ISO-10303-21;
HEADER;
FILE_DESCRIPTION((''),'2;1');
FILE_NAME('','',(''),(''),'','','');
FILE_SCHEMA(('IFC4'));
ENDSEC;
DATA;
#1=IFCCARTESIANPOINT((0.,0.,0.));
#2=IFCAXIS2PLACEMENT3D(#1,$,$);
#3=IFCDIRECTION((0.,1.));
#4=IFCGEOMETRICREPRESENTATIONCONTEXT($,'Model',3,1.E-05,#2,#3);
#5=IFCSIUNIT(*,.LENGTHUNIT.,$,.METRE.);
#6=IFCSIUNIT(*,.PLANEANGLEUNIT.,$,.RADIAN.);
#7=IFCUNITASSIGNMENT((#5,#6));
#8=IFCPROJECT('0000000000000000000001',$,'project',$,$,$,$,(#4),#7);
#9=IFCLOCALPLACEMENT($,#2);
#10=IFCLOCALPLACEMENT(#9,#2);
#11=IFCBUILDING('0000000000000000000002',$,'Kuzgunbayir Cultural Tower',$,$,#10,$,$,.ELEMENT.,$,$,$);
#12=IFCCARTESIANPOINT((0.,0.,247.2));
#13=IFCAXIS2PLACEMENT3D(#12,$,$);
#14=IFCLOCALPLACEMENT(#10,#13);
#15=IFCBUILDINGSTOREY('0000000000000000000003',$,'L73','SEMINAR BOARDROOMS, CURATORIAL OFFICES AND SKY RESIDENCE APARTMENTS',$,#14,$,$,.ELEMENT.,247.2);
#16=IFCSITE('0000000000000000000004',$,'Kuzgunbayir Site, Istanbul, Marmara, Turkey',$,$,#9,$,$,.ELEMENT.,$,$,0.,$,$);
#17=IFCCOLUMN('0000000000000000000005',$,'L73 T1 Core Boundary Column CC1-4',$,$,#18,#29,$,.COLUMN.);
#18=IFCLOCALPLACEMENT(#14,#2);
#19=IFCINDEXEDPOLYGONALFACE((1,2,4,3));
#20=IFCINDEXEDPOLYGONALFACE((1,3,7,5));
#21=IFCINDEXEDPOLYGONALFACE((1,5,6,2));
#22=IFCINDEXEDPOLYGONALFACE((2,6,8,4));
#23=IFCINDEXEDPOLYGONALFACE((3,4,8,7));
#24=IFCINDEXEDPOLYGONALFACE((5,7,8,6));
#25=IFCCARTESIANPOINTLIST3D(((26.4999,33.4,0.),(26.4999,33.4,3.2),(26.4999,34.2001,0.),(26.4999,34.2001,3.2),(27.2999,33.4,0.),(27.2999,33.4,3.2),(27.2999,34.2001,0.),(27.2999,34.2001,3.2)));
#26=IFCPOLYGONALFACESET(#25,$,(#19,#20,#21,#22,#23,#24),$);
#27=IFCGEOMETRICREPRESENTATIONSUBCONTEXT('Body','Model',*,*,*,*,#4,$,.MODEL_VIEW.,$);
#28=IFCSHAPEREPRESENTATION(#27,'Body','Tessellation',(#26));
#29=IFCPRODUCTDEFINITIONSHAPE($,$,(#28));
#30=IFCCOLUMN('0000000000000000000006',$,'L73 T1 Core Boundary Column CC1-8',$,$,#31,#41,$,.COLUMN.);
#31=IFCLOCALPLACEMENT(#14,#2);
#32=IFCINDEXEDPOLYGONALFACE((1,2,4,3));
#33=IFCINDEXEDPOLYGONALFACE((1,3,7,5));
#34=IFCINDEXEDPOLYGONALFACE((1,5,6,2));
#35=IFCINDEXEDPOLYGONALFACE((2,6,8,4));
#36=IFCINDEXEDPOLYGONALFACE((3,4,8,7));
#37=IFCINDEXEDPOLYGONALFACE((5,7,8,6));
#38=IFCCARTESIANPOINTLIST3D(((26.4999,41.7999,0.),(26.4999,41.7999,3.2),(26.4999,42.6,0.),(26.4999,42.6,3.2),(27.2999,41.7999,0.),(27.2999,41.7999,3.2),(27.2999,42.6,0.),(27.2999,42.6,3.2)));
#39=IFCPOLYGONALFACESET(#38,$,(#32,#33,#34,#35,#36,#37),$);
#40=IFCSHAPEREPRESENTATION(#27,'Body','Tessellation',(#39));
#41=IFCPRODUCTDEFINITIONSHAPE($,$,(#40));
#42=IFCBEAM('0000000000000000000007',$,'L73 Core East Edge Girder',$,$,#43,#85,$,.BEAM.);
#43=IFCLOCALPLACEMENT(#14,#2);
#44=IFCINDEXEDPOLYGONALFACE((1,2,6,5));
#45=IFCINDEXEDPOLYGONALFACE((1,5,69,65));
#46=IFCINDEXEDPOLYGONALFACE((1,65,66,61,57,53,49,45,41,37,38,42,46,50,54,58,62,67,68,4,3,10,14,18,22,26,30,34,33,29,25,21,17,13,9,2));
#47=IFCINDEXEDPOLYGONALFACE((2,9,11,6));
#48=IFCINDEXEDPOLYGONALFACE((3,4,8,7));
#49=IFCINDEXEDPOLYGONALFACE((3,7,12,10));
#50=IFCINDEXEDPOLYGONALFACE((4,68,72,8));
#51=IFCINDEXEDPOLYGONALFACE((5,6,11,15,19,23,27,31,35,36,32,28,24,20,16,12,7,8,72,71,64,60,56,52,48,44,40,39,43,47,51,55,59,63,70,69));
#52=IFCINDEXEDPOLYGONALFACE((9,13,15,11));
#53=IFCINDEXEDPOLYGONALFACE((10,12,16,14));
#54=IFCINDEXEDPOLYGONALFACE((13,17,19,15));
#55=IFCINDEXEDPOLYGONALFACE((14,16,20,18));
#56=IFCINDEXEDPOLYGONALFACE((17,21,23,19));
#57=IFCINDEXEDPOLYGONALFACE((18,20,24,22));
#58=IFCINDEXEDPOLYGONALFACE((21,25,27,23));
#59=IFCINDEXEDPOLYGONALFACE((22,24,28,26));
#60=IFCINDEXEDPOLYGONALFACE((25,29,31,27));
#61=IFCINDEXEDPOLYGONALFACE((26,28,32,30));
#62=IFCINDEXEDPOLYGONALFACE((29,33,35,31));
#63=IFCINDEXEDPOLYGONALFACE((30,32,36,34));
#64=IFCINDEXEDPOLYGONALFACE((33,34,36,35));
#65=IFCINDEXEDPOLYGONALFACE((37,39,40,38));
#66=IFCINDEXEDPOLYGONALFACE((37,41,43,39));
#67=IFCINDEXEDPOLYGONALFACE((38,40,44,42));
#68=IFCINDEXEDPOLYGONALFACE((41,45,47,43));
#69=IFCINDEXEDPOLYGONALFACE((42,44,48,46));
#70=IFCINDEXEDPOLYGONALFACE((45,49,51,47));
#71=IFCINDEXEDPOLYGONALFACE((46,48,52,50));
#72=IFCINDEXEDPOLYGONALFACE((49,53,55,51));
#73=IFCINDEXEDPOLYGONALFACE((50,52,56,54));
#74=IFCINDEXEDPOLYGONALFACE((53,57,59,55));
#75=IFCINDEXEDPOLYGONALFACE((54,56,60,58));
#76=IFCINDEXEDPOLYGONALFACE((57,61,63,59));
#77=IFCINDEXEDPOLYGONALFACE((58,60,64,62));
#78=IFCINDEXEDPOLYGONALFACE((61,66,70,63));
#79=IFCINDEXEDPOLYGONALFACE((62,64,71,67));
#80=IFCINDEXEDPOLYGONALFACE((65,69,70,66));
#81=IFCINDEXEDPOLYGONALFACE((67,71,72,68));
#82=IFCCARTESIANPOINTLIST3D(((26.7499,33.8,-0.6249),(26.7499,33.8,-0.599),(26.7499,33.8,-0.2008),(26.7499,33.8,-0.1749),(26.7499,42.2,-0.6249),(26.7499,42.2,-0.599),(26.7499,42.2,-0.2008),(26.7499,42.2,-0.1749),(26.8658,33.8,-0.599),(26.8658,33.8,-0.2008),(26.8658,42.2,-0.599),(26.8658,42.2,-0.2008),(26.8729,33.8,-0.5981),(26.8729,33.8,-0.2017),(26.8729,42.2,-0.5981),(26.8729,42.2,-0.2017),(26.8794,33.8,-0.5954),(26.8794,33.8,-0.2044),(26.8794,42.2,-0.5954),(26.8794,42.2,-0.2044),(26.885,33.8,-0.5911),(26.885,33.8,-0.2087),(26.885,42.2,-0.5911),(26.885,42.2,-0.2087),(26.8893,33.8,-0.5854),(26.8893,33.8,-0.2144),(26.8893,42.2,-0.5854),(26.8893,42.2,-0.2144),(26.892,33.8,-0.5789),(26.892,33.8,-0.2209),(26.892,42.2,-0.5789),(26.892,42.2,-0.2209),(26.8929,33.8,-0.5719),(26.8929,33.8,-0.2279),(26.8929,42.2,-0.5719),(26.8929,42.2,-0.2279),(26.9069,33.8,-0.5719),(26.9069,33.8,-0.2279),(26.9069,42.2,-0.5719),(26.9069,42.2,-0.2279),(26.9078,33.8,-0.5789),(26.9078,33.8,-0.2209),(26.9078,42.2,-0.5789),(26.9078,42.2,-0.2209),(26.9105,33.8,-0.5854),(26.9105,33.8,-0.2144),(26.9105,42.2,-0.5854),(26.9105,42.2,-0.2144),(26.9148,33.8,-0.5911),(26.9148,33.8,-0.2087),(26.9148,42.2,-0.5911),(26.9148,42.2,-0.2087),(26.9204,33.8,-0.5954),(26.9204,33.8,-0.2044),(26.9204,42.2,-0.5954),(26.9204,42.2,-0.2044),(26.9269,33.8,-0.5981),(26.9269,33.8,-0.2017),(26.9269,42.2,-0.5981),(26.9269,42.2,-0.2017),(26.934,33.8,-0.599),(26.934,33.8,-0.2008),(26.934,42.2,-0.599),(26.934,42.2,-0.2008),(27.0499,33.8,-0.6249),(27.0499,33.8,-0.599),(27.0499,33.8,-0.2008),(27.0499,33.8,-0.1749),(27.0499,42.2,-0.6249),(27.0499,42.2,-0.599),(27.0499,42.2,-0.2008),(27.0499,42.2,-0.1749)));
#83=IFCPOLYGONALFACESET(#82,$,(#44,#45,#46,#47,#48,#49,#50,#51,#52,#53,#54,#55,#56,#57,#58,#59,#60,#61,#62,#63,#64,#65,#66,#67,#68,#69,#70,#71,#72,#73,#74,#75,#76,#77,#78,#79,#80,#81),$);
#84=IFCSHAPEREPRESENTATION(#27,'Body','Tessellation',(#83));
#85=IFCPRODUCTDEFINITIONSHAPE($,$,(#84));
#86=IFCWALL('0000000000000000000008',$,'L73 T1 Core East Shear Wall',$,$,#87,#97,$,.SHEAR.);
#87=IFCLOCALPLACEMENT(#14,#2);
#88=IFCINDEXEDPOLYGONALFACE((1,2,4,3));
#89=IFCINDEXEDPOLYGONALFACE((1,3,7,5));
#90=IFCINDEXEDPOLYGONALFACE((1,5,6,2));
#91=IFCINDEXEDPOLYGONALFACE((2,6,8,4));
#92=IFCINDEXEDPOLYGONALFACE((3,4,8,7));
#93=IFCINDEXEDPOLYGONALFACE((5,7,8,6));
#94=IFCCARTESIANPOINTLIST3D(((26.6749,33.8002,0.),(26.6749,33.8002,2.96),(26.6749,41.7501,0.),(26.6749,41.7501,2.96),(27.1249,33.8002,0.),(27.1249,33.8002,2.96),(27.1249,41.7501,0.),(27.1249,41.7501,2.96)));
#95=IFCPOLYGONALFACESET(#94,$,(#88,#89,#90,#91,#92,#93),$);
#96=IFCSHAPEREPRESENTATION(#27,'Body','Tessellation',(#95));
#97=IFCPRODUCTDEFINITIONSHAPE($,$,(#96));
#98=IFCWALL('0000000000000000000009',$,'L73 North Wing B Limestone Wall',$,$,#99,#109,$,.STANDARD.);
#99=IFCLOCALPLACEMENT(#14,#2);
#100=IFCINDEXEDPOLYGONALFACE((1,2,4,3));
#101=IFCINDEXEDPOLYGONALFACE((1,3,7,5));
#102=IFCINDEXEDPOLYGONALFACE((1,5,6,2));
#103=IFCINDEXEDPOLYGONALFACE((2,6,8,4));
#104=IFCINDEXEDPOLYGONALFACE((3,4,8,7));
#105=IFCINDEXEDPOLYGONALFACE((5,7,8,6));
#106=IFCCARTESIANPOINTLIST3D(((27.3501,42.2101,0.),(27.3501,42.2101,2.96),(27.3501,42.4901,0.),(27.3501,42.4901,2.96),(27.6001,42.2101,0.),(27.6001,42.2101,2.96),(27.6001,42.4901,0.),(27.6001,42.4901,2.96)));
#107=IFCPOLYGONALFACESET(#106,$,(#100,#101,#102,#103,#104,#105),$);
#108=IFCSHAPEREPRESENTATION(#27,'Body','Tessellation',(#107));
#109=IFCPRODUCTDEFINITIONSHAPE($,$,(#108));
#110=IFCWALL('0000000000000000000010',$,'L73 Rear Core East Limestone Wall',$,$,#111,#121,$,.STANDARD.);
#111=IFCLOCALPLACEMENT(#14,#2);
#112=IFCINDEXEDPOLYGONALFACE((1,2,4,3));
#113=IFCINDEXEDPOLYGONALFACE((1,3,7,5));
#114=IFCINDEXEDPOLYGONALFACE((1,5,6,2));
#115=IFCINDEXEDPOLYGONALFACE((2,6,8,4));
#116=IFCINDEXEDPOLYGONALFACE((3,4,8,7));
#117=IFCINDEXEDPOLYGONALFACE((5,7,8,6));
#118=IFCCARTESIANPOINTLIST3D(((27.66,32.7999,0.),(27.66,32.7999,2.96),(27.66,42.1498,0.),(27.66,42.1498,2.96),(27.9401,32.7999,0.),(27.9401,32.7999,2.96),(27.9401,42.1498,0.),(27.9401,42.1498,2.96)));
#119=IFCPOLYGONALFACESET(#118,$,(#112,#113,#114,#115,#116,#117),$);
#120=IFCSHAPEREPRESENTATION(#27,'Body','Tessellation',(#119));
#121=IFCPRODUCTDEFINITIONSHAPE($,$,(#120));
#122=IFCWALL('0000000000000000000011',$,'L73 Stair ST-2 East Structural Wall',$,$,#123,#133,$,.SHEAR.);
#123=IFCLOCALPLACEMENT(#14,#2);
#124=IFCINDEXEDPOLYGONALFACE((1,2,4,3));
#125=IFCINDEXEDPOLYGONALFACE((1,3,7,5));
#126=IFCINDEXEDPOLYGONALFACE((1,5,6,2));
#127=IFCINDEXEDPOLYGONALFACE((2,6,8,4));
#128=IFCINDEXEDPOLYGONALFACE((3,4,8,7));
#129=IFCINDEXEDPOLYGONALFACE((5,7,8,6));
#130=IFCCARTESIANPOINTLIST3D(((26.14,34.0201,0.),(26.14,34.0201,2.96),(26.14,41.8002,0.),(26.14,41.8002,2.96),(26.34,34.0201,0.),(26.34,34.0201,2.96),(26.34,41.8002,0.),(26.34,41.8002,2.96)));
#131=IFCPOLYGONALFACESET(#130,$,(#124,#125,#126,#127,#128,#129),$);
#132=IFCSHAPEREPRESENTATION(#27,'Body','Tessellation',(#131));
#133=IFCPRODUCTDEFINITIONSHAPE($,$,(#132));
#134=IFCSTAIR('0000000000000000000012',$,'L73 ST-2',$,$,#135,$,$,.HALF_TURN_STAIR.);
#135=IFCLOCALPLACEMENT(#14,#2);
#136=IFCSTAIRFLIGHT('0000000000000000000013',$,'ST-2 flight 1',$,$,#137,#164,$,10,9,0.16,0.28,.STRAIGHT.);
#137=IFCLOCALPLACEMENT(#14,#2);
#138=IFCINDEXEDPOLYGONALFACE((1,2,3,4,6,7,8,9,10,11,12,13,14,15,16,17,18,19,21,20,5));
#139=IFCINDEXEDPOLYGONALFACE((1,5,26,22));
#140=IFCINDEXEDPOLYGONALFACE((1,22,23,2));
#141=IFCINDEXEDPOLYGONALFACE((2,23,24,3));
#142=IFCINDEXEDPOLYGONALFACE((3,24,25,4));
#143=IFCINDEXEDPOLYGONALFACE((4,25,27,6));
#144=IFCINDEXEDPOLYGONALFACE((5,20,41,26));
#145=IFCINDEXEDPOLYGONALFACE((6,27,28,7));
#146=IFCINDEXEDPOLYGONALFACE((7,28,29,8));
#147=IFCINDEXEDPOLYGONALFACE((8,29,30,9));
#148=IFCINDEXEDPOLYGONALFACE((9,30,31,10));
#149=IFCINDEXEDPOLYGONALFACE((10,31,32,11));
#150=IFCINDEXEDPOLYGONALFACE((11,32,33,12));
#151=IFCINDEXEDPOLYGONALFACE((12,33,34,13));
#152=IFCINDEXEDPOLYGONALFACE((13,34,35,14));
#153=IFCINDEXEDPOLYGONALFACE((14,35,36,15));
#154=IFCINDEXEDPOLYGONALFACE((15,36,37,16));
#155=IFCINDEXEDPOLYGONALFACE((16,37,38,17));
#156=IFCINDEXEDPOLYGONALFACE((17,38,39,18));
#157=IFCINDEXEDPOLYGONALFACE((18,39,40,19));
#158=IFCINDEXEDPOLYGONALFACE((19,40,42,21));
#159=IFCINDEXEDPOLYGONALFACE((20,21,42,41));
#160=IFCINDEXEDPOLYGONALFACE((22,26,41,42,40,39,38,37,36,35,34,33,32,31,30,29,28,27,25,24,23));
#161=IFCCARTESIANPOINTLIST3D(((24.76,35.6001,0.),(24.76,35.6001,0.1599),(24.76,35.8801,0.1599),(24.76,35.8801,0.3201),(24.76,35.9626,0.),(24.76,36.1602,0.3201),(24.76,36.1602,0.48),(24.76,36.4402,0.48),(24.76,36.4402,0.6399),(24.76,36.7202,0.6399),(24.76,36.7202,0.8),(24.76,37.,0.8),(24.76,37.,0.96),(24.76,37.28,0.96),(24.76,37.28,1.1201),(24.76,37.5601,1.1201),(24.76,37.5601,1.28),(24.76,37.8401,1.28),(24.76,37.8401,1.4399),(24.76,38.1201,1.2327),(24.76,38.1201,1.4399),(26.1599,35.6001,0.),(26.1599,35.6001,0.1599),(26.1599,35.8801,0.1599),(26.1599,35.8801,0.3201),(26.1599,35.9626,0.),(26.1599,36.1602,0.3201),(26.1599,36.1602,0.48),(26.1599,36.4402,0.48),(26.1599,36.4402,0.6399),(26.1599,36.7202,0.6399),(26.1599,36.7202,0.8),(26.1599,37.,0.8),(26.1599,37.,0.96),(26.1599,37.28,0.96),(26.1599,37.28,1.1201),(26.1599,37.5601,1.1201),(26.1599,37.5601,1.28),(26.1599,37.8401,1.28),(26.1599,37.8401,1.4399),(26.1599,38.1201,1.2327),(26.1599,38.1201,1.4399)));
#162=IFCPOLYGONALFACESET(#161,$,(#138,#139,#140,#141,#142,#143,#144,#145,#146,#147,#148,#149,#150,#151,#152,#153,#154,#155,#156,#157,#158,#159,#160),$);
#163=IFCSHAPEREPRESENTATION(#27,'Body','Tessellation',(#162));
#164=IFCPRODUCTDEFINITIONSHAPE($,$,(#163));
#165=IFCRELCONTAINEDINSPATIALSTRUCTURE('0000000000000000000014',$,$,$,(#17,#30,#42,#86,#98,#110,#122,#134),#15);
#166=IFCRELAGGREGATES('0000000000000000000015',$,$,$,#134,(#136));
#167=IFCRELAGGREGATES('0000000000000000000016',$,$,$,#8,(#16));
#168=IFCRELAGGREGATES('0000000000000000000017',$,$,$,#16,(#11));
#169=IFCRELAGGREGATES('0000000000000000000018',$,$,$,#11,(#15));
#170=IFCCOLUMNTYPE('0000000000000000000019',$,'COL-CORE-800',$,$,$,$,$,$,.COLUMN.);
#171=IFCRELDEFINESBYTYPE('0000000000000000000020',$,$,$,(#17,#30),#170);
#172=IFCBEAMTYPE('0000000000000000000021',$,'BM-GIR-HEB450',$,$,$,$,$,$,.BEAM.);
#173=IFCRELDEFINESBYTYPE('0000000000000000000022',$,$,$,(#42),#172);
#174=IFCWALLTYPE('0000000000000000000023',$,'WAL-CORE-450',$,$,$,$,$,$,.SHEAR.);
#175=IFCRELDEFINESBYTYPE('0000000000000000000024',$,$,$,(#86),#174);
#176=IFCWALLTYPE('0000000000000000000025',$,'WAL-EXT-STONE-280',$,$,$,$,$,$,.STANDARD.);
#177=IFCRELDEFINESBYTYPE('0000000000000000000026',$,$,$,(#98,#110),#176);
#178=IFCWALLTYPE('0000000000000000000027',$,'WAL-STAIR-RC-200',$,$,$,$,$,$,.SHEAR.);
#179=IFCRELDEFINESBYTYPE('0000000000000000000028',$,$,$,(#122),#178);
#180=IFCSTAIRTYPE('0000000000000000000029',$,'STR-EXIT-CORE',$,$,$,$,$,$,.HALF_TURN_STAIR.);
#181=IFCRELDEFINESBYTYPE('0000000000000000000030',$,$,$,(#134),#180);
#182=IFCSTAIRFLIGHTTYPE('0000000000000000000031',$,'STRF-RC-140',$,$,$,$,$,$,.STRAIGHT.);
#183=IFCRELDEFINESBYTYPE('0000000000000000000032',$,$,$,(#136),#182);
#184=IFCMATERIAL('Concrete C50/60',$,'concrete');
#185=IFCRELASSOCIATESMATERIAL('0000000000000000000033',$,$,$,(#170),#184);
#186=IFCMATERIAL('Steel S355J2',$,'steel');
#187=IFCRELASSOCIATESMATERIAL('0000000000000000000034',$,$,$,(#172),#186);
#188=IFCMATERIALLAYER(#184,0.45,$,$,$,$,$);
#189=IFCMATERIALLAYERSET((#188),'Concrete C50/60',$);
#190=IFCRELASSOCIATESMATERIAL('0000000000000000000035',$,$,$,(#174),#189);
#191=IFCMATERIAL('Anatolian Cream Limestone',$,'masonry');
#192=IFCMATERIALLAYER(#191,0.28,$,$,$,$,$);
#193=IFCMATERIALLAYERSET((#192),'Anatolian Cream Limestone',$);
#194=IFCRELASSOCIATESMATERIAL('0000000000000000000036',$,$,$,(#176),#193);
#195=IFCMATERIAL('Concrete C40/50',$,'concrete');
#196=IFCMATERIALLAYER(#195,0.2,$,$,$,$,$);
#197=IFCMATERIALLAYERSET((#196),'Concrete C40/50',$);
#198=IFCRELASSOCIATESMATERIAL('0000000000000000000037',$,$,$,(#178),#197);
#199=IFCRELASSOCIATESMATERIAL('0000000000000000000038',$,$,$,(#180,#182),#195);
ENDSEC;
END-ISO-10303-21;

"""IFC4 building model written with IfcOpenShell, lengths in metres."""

from ifc_helpers import new_model, si_unit, direction, frame, frame_2d, origin, origin_2d, place, context, subcontext, project, spatial, polyline, rectangle, i_section, outline, extrude, material, layer, layer_set, material_profile, profile_set, type_object, element, aggregate, save


model = new_model("IFC4")

# Units and contexts
model_context = context("Model", 3, precision=1e-05, world=origin(), true_north=direction((0.0, 1.0)))
body_context = subcontext(model_context, "Body", "Model", "MODEL_VIEW")
ifc_project = project(units=[si_unit("LENGTHUNIT", "METRE"), si_unit("PLANEANGLEUNIT", "RADIAN")], contexts=[model_context])

# Site, building, storey
site_placement = place(None, origin())
site = spatial("IfcSite", under=ifc_project, at=site_placement, Name="Kuzgunbayir Site, Istanbul, Marmara, Turkey", CompositionType="ELEMENT", RefElevation=0.0)
building_placement = place(site_placement, origin())
building = spatial("IfcBuilding", under=site, at=building_placement, Name="Kuzgunbayir Cultural Tower", CompositionType="ELEMENT")
storey_placement = place(building_placement, frame((0.0, 0.0, 247.2)))
storey = spatial("IfcBuildingStorey", under=building, at=storey_placement, Name="L73", Description="SEMINAR BOARDROOMS, CURATORIAL OFFICES AND SKY RESIDENCE APARTMENTS", CompositionType="ELEMENT", Elevation=247.2)

# Columns
ifc_material_1 = material(Name="Concrete C50/60", Category="concrete")
ifc_material_profile_1 = material_profile(ifc_material_1, rectangle(XDim=0.8, YDim=0.8, at=origin_2d()), Name="RC 800x800")
ifc_profile_set_1 = profile_set([ifc_material_profile_1], Name="Concrete C50/60")
column_type = type_object("IfcColumnType", Name="COL-CORE-800", PredefinedType="COLUMN", material=ifc_profile_set_1)
for number, where, z_axis, x_axis, name in (
    (1, (26.8999, 33.8, 0.0), (0.0, 0.0, 1.0), (1.0, 0.0, 0.0), "L73 T1 Core Boundary Column CC1-4"),
    (2, (26.8999, 42.2, 0.0), (0.0, 0.0, 1.0), (1.0, 0.0, 0.0), "L73 T1 Core Boundary Column CC1-8"),
):
    element("IfcColumn", number, at=place(storey_placement, frame(where, z_axis=z_axis, x_axis=x_axis)), inside=storey, type_object=column_type, Name=name, PredefinedType="COLUMN", context=body_context, shape_type="SweptSolid", body=[
        extrude(rectangle(XDim=0.8, YDim=0.8, at=origin_2d()), origin(), (0.0, 0.0, 1.0), 3.2),
    ])

# Beam
ifc_material_2 = material(Name="Steel S355J2", Category="steel")
ifc_material_profile_2 = material_profile(ifc_material_2, i_section(OverallWidth=0.3, OverallDepth=0.45, WebThickness=0.0139, FlangeThickness=0.0259, FilletRadius=0.0271, at=origin_2d()), Name="HEB 450")
ifc_profile_set_2 = profile_set([ifc_material_profile_2], Name="Steel S355J2")
beam_type = type_object("IfcBeamType", Name="BM-GIR-HEB450", PredefinedType="BEAM", material=ifc_profile_set_2)
beam_placement = place(storey_placement, frame((26.8999, 33.8, -0.3999), z_axis=(0.0, 1.0, 0.0), x_axis=(-1.0, 0.0, 0.0)))
element("IfcBeam", 3, at=beam_placement, inside=storey, type_object=beam_type, Name="L73 Core East Edge Girder", PredefinedType="BEAM", context=body_context, shape_type="SweptSolid", body=[
    extrude(i_section(OverallWidth=0.3, OverallDepth=0.45, WebThickness=0.0139, FlangeThickness=0.0259, FilletRadius=0.0271, at=origin_2d()), origin(), (0.0, 0.0, 1.0), 8.3999),
])

# Walls
ifc_layer_1 = layer(ifc_material_1, 0.45)
ifc_layer_set_1 = layer_set([ifc_layer_1], Name="Concrete C50/60")
wall_type_1 = type_object("IfcWallType", Name="WAL-CORE-450", PredefinedType="SHEAR", material=ifc_layer_set_1)
wall_1_placement = place(storey_placement, frame((26.8999, 33.8, 0.0), z_axis=(0.0, 0.0, 1.0), x_axis=(0.0, 1.0, 0.0)))
element("IfcWall", 4, at=wall_1_placement, inside=storey, type_object=wall_type_1, Name="L73 T1 Core East Shear Wall", PredefinedType="SHEAR", context=body_context, shape_type="SweptSolid", body=[
    extrude(rectangle(XDim=7.95, YDim=0.45, at=frame_2d((3.9751, 0.0))), origin(), (0.0, 0.0, 1.0), 2.96),
])
ifc_material_3 = material(Name="Anatolian Cream Limestone", Category="masonry")
ifc_layer_2 = layer(ifc_material_3, 0.28)
ifc_layer_set_2 = layer_set([ifc_layer_2], Name="Anatolian Cream Limestone")
wall_type_2 = type_object("IfcWallType", Name="WAL-EXT-STONE-280", PredefinedType="STANDARD", material=ifc_layer_set_2)
wall_2_placement = place(storey_placement, frame((27.6001, 42.3501, 0.0), z_axis=(0.0, 0.0, 1.0), x_axis=(-1.0, 0.0, 0.0)))
element("IfcWall", 5, at=wall_2_placement, inside=storey, type_object=wall_type_2, Name="L73 North Wing B Limestone Wall", PredefinedType="STANDARD", context=body_context, shape_type="SweptSolid", body=[
    extrude(rectangle(XDim=0.25, YDim=0.28, at=frame_2d((0.125, 0.0))), origin(), (0.0, 0.0, 1.0), 2.96),
])
wall_3_placement = place(storey_placement, frame((27.8, 32.8, 0.0), z_axis=(0.0, 0.0, 1.0), x_axis=(0.0, 1.0, 0.0)))
element("IfcWall", 6, at=wall_3_placement, inside=storey, type_object=wall_type_2, Name="L73 Rear Core East Limestone Wall", PredefinedType="STANDARD", context=body_context, shape_type="SweptSolid", body=[
    extrude(rectangle(XDim=9.3499, YDim=0.28, at=frame_2d((4.6748, 0.0))), origin(), (0.0, 0.0, 1.0), 2.96),
])
ifc_material_4 = material(Name="Concrete C40/50", Category="concrete")
ifc_layer_3 = layer(ifc_material_4, 0.2)
ifc_layer_set_3 = layer_set([ifc_layer_3], Name="Concrete C40/50")
wall_type_3 = type_object("IfcWallType", Name="WAL-STAIR-RC-200", PredefinedType="SHEAR", material=ifc_layer_set_3)
wall_4_placement = place(storey_placement, frame((26.24, 34.02, 0.0), z_axis=(0.0, 0.0, 1.0), x_axis=(0.0, 1.0, 0.0)))
element("IfcWall", 7, at=wall_4_placement, inside=storey, type_object=wall_type_3, Name="L73 Stair ST-2 East Structural Wall", PredefinedType="SHEAR", context=body_context, shape_type="SweptSolid", body=[
    extrude(rectangle(XDim=7.78, YDim=0.2, at=frame_2d((3.8901, 0.0))), origin(), (0.0, 0.0, 1.0), 2.96),
])

# Stair, stair flight
stair_type = type_object("IfcStairType", Name="STR-EXIT-CORE", PredefinedType="HALF_TURN_STAIR", material=ifc_material_4)
stair_placement = place(storey_placement, origin())
stair = element("IfcStair", 8, at=stair_placement, inside=storey, type_object=stair_type, Name="L73 ST-2", PredefinedType="HALF_TURN_STAIR")
stair_flight_type = type_object("IfcStairFlightType", Name="STRF-RC-140", PredefinedType="STRAIGHT", material=ifc_material_4)
stair_flight_1_placement = place(storey_placement, frame((25.46, 35.6001, 0.0), z_axis=(0.0, 0.0, 1.0), x_axis=(0.0, 1.0, 0.0)))
stair_flight_1 = element("IfcStairFlight", 9, at=stair_flight_1_placement, type_object=stair_flight_type, Name="ST-2 flight 1", NumberOfRisers=10, NumberOfTreads=9, PredefinedType="STRAIGHT", RiserHeight=0.16, TreadLength=0.28, context=body_context, shape_type="SweptSolid", body=[
    extrude(outline(polyline([(0.0, 0.0), (0.0, 0.1599), (0.28, 0.1599), (0.28, 0.3201), (0.5601, 0.3201), (0.5601, 0.48), (0.8401, 0.48), (0.8401, 0.6399), (1.1201, 0.6399), (1.1201, 0.8), (1.3999, 0.8), (1.3999, 0.96), (1.6799, 0.96), (1.6799, 1.1201), (1.96, 1.1201), (1.96, 1.28), (2.24, 1.28), (2.24, 1.4399), (2.52, 1.4399), (2.52, 1.6001), (2.52, 1.2327), (0.3625, 0.0), (0.0, 0.0)])), frame((0.0, 0.7, 0.0), z_axis=(0.0, -1.0, 0.0), x_axis=(1.0, 0.0, 0.0)), (0.0, 0.0, 1.0), 1.3999),
])
aggregate(stair, [stair_flight_1])

save(model, "model.ifc")
